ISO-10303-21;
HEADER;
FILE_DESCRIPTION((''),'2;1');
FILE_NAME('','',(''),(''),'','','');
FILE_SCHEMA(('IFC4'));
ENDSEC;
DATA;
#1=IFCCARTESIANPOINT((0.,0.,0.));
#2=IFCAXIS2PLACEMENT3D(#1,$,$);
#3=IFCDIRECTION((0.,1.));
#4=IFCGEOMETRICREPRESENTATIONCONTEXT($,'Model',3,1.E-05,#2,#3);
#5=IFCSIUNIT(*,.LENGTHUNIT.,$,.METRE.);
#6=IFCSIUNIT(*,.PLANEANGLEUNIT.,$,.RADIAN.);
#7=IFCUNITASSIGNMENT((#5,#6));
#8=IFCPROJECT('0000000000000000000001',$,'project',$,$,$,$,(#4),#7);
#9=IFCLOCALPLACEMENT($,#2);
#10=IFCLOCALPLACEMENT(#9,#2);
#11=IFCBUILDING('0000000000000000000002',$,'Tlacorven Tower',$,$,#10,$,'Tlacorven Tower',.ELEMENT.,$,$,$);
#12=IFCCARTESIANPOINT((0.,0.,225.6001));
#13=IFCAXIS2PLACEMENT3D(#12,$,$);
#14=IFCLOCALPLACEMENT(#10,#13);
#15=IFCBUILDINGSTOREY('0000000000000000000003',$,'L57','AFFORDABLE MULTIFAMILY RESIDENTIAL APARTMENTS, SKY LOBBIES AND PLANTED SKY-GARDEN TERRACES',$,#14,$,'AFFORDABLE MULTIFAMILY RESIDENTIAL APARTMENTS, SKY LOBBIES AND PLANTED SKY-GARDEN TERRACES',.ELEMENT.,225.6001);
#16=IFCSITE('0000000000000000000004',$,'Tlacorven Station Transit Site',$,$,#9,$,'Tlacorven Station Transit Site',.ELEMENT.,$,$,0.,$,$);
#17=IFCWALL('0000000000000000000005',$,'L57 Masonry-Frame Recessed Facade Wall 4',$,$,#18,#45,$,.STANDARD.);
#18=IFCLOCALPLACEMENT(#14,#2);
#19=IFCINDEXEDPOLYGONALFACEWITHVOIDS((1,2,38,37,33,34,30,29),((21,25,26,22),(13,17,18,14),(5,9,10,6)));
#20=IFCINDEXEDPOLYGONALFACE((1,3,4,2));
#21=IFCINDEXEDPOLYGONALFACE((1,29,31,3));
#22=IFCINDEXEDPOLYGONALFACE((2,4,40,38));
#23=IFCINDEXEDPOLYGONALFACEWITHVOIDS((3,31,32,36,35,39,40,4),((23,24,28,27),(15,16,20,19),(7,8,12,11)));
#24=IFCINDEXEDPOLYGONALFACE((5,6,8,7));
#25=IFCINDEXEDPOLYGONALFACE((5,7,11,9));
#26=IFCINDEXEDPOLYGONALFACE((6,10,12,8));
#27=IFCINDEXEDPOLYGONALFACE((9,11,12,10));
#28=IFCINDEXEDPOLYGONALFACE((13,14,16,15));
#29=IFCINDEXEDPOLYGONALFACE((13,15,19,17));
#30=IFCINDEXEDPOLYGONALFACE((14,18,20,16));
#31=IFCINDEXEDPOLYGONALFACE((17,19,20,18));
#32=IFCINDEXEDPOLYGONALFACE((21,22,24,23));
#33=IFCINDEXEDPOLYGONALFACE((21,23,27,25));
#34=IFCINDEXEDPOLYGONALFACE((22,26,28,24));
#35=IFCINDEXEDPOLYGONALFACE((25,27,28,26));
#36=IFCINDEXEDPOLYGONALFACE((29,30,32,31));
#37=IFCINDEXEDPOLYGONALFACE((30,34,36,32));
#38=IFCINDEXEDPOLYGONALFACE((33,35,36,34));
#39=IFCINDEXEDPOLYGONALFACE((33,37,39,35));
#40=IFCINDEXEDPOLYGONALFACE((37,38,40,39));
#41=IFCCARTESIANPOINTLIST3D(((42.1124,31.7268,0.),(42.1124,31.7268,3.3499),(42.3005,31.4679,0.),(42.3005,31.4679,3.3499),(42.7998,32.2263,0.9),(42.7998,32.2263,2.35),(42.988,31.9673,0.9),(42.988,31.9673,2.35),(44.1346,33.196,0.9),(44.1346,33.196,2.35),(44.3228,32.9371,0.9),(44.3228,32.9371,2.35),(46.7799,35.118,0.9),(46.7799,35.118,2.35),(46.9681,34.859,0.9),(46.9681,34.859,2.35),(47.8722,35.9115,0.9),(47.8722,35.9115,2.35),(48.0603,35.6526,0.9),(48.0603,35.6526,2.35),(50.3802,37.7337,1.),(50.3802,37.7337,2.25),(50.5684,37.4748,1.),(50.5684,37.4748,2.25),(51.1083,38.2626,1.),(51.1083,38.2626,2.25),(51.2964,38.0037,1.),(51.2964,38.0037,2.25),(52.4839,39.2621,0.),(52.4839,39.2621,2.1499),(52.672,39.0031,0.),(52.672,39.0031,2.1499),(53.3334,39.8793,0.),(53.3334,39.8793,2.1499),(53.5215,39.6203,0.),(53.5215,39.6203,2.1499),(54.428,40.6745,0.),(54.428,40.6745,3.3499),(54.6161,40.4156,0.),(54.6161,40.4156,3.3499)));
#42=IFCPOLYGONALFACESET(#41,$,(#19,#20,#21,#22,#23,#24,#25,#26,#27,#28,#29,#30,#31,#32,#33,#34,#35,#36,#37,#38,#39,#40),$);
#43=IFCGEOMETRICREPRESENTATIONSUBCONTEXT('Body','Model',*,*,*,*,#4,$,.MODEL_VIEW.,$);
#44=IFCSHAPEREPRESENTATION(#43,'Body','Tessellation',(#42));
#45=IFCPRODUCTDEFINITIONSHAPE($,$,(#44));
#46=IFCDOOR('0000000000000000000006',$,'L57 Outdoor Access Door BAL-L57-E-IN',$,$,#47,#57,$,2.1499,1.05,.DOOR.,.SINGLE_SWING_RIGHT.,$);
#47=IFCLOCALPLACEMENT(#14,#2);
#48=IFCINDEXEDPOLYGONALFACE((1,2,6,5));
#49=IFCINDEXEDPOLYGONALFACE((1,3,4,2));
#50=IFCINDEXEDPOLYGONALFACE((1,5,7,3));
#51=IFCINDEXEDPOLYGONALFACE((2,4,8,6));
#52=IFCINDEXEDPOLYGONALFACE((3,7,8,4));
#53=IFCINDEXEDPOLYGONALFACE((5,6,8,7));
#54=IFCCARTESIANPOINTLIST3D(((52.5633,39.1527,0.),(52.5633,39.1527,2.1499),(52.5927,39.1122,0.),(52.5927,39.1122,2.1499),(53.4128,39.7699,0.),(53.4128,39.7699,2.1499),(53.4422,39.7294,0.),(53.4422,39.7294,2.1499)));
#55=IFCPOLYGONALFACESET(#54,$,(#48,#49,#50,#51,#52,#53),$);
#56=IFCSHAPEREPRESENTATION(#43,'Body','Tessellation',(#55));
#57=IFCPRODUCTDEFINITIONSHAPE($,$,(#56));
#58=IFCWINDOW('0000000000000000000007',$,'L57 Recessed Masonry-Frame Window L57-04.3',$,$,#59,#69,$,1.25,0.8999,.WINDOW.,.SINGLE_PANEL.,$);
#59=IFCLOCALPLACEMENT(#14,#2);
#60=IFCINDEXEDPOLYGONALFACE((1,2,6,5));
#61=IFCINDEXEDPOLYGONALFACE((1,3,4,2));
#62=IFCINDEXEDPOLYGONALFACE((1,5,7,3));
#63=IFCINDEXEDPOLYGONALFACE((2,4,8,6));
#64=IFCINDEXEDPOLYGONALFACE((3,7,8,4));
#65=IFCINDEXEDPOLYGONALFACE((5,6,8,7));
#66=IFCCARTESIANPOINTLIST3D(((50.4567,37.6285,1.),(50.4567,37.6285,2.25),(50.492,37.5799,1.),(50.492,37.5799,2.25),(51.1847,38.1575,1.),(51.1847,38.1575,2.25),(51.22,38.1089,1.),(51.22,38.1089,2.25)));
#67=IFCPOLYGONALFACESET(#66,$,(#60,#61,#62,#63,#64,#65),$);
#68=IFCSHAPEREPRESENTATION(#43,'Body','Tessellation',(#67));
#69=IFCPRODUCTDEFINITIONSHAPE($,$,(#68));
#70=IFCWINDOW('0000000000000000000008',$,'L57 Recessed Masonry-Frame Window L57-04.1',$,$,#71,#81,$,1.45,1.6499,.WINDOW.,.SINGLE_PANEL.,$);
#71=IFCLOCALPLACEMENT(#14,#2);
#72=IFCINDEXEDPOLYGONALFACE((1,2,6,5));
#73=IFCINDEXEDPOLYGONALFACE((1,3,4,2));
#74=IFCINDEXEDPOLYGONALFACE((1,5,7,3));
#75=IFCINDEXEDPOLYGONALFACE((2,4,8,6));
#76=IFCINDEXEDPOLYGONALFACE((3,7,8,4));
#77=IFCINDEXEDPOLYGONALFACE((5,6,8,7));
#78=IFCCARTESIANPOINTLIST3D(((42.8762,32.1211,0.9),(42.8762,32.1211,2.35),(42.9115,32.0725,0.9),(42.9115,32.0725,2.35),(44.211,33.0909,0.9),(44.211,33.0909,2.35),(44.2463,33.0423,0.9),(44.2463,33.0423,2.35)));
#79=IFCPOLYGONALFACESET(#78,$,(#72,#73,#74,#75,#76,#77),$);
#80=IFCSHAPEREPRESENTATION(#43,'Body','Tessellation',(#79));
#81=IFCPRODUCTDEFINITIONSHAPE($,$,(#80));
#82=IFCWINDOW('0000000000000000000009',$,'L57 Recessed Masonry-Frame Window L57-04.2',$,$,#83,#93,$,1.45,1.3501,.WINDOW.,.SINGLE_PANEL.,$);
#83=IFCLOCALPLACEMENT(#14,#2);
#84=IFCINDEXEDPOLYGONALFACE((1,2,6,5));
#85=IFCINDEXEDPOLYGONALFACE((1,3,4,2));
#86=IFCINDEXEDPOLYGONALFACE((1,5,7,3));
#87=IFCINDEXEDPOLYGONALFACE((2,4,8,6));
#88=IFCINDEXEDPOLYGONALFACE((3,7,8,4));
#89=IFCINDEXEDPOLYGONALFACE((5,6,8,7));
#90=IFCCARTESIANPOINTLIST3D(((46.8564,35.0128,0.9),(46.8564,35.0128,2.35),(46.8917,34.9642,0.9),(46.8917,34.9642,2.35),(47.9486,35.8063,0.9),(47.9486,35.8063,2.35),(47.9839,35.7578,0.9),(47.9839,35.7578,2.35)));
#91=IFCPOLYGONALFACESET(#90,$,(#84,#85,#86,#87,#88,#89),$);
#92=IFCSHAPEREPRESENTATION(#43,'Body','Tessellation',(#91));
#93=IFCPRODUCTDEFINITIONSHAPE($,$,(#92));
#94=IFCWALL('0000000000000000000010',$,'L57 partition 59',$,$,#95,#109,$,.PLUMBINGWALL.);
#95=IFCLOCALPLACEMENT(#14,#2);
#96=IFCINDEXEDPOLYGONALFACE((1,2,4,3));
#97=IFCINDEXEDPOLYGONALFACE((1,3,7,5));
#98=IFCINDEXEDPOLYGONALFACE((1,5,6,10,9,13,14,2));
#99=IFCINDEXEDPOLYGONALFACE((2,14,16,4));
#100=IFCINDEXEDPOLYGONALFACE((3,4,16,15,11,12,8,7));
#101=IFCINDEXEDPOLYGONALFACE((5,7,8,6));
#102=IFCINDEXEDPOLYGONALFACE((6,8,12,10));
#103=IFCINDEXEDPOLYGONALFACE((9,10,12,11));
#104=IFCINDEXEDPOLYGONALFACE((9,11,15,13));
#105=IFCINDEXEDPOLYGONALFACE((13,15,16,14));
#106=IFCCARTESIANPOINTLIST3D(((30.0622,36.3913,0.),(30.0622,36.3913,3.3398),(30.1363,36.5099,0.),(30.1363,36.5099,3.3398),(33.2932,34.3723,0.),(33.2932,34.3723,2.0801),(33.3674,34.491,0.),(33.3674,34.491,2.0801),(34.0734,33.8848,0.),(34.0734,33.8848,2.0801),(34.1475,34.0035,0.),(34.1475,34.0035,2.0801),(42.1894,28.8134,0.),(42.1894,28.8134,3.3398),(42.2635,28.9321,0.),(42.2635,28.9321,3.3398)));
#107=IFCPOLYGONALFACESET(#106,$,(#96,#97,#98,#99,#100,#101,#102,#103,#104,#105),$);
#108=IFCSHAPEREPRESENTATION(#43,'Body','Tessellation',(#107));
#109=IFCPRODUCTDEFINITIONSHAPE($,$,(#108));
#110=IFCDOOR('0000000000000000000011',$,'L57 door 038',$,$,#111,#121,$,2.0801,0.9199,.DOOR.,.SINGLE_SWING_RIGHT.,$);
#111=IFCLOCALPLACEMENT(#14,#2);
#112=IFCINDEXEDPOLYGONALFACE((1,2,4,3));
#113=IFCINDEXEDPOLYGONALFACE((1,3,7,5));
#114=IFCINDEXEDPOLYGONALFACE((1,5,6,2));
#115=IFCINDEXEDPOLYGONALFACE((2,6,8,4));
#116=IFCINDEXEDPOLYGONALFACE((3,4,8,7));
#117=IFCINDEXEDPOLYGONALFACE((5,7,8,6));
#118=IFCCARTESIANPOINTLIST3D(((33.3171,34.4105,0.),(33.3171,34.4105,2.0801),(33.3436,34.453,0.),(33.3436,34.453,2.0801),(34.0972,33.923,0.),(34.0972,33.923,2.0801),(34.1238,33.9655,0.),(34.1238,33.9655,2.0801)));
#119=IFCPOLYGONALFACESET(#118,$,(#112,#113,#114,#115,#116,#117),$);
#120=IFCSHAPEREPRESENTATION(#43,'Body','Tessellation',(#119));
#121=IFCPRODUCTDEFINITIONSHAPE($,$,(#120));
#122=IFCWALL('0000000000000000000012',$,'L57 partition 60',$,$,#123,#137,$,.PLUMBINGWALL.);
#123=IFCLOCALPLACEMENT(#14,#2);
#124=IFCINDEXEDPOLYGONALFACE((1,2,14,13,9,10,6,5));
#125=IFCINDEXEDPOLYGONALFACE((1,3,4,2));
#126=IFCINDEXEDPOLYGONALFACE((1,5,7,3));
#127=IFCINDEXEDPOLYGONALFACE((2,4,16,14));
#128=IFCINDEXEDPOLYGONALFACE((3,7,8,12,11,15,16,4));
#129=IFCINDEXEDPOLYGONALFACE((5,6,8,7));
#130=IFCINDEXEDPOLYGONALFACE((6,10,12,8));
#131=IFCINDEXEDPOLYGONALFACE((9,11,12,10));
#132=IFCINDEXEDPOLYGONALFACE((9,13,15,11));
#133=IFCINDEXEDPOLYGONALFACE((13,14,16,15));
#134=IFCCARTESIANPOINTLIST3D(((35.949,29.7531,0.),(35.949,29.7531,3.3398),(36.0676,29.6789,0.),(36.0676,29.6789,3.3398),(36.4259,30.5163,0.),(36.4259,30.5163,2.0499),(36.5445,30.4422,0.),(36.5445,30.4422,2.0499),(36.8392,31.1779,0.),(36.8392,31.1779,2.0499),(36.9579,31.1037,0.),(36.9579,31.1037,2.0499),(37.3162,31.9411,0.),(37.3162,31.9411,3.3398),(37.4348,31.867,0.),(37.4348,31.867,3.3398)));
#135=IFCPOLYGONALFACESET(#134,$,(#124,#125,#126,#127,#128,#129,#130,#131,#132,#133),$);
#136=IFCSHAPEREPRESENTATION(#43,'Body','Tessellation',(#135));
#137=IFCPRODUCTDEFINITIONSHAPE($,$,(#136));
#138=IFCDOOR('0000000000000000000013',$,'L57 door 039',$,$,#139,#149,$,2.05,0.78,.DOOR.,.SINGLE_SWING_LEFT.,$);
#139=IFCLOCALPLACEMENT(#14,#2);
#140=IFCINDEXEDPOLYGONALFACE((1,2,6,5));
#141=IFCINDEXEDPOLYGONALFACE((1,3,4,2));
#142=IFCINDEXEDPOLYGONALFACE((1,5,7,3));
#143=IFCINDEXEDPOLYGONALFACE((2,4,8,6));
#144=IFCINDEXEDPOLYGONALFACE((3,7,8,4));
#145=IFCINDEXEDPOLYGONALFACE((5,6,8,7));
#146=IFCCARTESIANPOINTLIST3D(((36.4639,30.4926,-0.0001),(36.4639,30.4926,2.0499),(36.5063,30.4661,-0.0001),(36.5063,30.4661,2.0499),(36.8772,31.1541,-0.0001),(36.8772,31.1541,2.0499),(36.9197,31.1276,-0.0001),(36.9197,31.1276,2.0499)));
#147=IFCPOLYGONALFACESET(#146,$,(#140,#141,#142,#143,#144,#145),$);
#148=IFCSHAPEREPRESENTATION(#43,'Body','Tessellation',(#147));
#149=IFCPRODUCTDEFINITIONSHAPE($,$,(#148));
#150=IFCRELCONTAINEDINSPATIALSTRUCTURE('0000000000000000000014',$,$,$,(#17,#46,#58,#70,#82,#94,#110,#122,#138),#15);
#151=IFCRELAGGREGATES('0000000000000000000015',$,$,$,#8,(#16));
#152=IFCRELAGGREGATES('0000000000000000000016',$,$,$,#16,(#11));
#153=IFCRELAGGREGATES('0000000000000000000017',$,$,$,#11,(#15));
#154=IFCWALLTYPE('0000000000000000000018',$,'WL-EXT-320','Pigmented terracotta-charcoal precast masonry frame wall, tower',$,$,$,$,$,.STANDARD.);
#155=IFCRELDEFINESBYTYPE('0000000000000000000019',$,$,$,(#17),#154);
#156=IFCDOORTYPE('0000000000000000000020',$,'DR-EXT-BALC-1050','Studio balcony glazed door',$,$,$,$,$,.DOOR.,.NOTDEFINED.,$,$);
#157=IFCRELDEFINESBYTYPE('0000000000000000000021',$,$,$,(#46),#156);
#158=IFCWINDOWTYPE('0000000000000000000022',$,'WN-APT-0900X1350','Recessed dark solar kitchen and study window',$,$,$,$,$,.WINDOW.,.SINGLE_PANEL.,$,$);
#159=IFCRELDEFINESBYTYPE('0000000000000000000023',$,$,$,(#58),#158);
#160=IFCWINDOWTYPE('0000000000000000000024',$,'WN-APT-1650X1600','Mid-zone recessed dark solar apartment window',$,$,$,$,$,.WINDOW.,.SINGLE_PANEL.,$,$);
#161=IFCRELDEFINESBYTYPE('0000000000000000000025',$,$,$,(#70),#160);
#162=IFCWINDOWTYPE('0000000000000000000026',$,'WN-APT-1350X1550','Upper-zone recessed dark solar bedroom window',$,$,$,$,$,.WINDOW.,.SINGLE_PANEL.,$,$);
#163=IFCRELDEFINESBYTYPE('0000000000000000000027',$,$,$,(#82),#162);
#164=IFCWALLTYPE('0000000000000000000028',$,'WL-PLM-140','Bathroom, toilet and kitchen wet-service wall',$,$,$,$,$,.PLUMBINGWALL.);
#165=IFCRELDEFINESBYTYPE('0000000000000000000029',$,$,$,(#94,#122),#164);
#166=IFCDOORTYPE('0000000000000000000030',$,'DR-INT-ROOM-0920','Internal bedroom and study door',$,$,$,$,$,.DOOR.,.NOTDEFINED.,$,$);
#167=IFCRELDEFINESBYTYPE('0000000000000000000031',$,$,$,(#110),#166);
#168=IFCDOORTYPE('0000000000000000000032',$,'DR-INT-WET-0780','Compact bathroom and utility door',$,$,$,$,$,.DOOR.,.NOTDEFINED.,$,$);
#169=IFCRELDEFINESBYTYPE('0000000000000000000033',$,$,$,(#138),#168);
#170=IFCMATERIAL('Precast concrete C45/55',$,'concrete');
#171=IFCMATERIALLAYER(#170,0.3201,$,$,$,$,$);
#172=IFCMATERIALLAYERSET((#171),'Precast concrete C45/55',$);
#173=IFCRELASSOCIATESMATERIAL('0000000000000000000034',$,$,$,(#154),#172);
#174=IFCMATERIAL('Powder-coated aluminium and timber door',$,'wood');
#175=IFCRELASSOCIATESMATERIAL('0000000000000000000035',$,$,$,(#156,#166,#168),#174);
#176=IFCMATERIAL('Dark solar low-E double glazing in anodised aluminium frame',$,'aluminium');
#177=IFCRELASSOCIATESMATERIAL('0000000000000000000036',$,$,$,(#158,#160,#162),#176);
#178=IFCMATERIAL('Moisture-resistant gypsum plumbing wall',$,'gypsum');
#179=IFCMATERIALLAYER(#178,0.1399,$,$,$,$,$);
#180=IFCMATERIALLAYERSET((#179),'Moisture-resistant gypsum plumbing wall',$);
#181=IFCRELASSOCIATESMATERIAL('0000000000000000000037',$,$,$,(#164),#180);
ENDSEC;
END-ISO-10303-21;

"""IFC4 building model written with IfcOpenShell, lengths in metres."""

from ifc_helpers import new_model, si_unit, direction, frame, frame_2d, origin, place, context, subcontext, project, spatial, rectangle, extrude, source, transform, mapped, material, layer, layer_set, type_object, element, fill, save


model = new_model("IFC4")

# Units and contexts
model_context = context("Model", 3, precision=1e-05, world=origin(), true_north=direction((0.0, 1.0)))
body_context = subcontext(model_context, "Body", "Model", "MODEL_VIEW")
ifc_project = project(units=[si_unit("LENGTHUNIT", "METRE"), si_unit("PLANEANGLEUNIT", "RADIAN")], contexts=[model_context])

# Site, building, storey
site_placement = place(None, origin())
site = spatial("IfcSite", under=ifc_project, at=site_placement, Name="Tlacorven Station Transit Site", LongName="Tlacorven Station Transit Site", CompositionType="ELEMENT", RefElevation=0.0)
building_placement = place(site_placement, origin())
building = spatial("IfcBuilding", under=site, at=building_placement, Name="Tlacorven Tower", LongName="Tlacorven Tower", CompositionType="ELEMENT")
storey_placement = place(building_placement, frame((0.0, 0.0, 225.6001)))
storey = spatial("IfcBuildingStorey", under=building, at=storey_placement, Name="L57", Description="AFFORDABLE MULTIFAMILY RESIDENTIAL APARTMENTS, SKY LOBBIES AND PLANTED SKY-GARDEN TERRACES", LongName="AFFORDABLE MULTIFAMILY RESIDENTIAL APARTMENTS, SKY LOBBIES AND PLANTED SKY-GARDEN TERRACES", CompositionType="ELEMENT", Elevation=225.6001)

# Wall, openings, door, windows
ifc_material_1 = material(Name="Precast concrete C45/55", Category="concrete")
ifc_layer_1 = layer(ifc_material_1, 0.3201)
ifc_layer_set_1 = layer_set([ifc_layer_1], Name="Precast concrete C45/55")
wall_type_1 = type_object("IfcWallType", Name="WL-EXT-320", Description="Pigmented terracotta-charcoal precast masonry frame wall, tower", PredefinedType="STANDARD", material=ifc_layer_set_1)
wall_1_placement = place(storey_placement, frame((42.2065, 31.5974, 0.0), z_axis=(0.0, 0.0, 1.0), x_axis=(0.80902, 0.587781, 0.0)))
wall_1 = element("IfcWall", 1, at=wall_1_placement, inside=storey, type_object=wall_type_1, Name="L57 Masonry-Frame Recessed Facade Wall 4", PredefinedType="STANDARD", context=body_context, shape_type="SweptSolid", body=[
    extrude(rectangle(XDim=15.2229, YDim=0.3201, at=frame_2d((7.6113, 0.0))), origin(), (0.0, 0.0, 1.0), 3.3499),
])
opening_1_placement = place(wall_1_placement, frame((12.8198, 0.0, 0.0)))
opening_1 = element("IfcOpeningElement", 2, at=opening_1_placement, cuts=wall_1, PredefinedType="OPENING", context=body_context, shape_type="SweptSolid", body=[
    extrude(rectangle(XDim=1.05, YDim=2.1499, at=frame_2d((0.5249, 1.075))), frame((0.0, 0.1699, 0.0), z_axis=(0.0, -1.0, 0.0), x_axis=(1.0, 0.0, 0.0)), (0.0, 0.0, 1.0), 0.3401),
])
opening_2_placement = place(wall_1_placement, frame((0.8496, 0.0, 0.8999)))
opening_2 = element("IfcOpeningElement", 3, at=opening_2_placement, cuts=wall_1, PredefinedType="OPENING", context=body_context, shape_type="SweptSolid", body=[
    extrude(rectangle(XDim=1.6499, YDim=1.45, at=frame_2d((0.825, 0.7251))), frame((0.0, 0.1699, 0.0), z_axis=(0.0, -1.0, 0.0), x_axis=(1.0, 0.0, 0.0)), (0.0, 0.0, 1.0), 0.3401),
])
opening_3_placement = place(wall_1_placement, frame((5.7693, 0.0, 0.8999)))
opening_3 = element("IfcOpeningElement", 4, at=opening_3_placement, cuts=wall_1, PredefinedType="OPENING", context=body_context, shape_type="SweptSolid", body=[
    extrude(rectangle(XDim=1.3501, YDim=1.45, at=frame_2d((0.675, 0.7251))), frame((0.0, 0.1699, 0.0), z_axis=(0.0, -1.0, 0.0), x_axis=(1.0, 0.0, 0.0)), (0.0, 0.0, 1.0), 0.3401),
])
opening_4_placement = place(wall_1_placement, frame((10.2195, 0.0, 1.0)))
opening_4 = element("IfcOpeningElement", 5, at=opening_4_placement, cuts=wall_1, PredefinedType="OPENING", context=body_context, shape_type="SweptSolid", body=[
    extrude(rectangle(XDim=0.8999, YDim=1.25, at=frame_2d((0.45, 0.625))), frame((0.0, 0.1699, 0.0), z_axis=(0.0, -1.0, 0.0), x_axis=(1.0, 0.0, 0.0)), (0.0, 0.0, 1.0), 0.3401),
])
ifc_material_2 = material(Name="Powder-coated aluminium and timber door", Category="wood")
door_type_1 = type_object("IfcDoorType", Name="DR-EXT-BALC-1050", Description="Studio balcony glazed door", OperationType="NOTDEFINED", PredefinedType="DOOR", material=ifc_material_2)
shared_shape_1 = source(origin(), body_context, "Body", "SweptSolid", [
    extrude(rectangle(XDim=1.05, YDim=2.1499, at=frame_2d((0.5249, 1.075))), frame((0.0, 0.0249, 0.0), z_axis=(0.0, -1.0, 0.0), x_axis=(1.0, 0.0, 0.0)), (0.0, 0.0, 1.0), 0.05),
])
door_1_placement = place(opening_1_placement, origin())
door_1 = element("IfcDoor", 6, at=door_1_placement, inside=storey, type_object=door_type_1, Name="L57 Outdoor Access Door BAL-L57-E-IN", OperationType="SINGLE_SWING_RIGHT", OverallHeight=2.1499, OverallWidth=1.05, PredefinedType="DOOR", context=body_context, shape_type="MappedRepresentation", body=[
    mapped(shared_shape_1, transform((0.0, 0.0, 0.0), scale=1.0)),
])
fill(opening_1, door_1)
ifc_material_3 = material(Name="Dark solar low-E double glazing in anodised aluminium frame", Category="aluminium")
window_type_1 = type_object("IfcWindowType", Name="WN-APT-0900X1350", Description="Recessed dark solar kitchen and study window", PartitioningType="SINGLE_PANEL", PredefinedType="WINDOW", material=ifc_material_3)
shared_shape_2 = source(origin(), body_context, "Body", "SweptSolid", [
    extrude(rectangle(XDim=0.8999, YDim=1.25, at=frame_2d((0.45, 0.625))), frame((0.0, 0.03, 0.0), z_axis=(0.0, -1.0, 0.0), x_axis=(1.0, 0.0, 0.0)), (0.0, 0.0, 1.0), 0.0601),
])
window_1_placement = place(opening_4_placement, origin())
window_1 = element("IfcWindow", 7, at=window_1_placement, inside=storey, type_object=window_type_1, Name="L57 Recessed Masonry-Frame Window L57-04.3", OverallHeight=1.25, OverallWidth=0.8999, PartitioningType="SINGLE_PANEL", PredefinedType="WINDOW", context=body_context, shape_type="MappedRepresentation", body=[
    mapped(shared_shape_2, transform((0.0, 0.0, 0.0), scale=1.0)),
])
fill(opening_4, window_1)
window_type_2 = type_object("IfcWindowType", Name="WN-APT-1650X1600", Description="Mid-zone recessed dark solar apartment window", PartitioningType="SINGLE_PANEL", PredefinedType="WINDOW", material=ifc_material_3)
shared_shape_3 = source(origin(), body_context, "Body", "SweptSolid", [
    extrude(rectangle(XDim=1.6499, YDim=1.45, at=frame_2d((0.825, 0.7251))), frame((0.0, 0.03, 0.0), z_axis=(0.0, -1.0, 0.0), x_axis=(1.0, 0.0, 0.0)), (0.0, 0.0, 1.0), 0.0601),
])
window_2_placement = place(opening_2_placement, origin())
window_2 = element("IfcWindow", 8, at=window_2_placement, inside=storey, type_object=window_type_2, Name="L57 Recessed Masonry-Frame Window L57-04.1", OverallHeight=1.45, OverallWidth=1.6499, PartitioningType="SINGLE_PANEL", PredefinedType="WINDOW", context=body_context, shape_type="MappedRepresentation", body=[
    mapped(shared_shape_3, transform((0.0, 0.0, 0.0), scale=1.0)),
])
fill(opening_2, window_2)
window_type_3 = type_object("IfcWindowType", Name="WN-APT-1350X1550", Description="Upper-zone recessed dark solar bedroom window", PartitioningType="SINGLE_PANEL", PredefinedType="WINDOW", material=ifc_material_3)
shared_shape_4 = source(origin(), body_context, "Body", "SweptSolid", [
    extrude(rectangle(XDim=1.3501, YDim=1.45, at=frame_2d((0.675, 0.7251))), frame((0.0, 0.03, 0.0), z_axis=(0.0, -1.0, 0.0), x_axis=(1.0, 0.0, 0.0)), (0.0, 0.0, 1.0), 0.0601),
])
window_3_placement = place(opening_3_placement, origin())
window_3 = element("IfcWindow", 9, at=window_3_placement, inside=storey, type_object=window_type_3, Name="L57 Recessed Masonry-Frame Window L57-04.2", OverallHeight=1.45, OverallWidth=1.3501, PartitioningType="SINGLE_PANEL", PredefinedType="WINDOW", context=body_context, shape_type="MappedRepresentation", body=[
    mapped(shared_shape_4, transform((0.0, 0.0, 0.0), scale=1.0)),
])
fill(opening_3, window_3)

# Walls, openings, doors
ifc_material_4 = material(Name="Moisture-resistant gypsum plumbing wall", Category="gypsum")
ifc_layer_2 = layer(ifc_material_4, 0.1399)
ifc_layer_set_2 = layer_set([ifc_layer_2], Name="Moisture-resistant gypsum plumbing wall")
wall_type_2 = type_object("IfcWallType", Name="WL-PLM-140", Description="Bathroom, toilet and kitchen wet-service wall", PredefinedType="PLUMBINGWALL", material=ifc_layer_set_2)
wall_2_placement = place(storey_placement, frame((42.2263, 28.8728, 0.0), z_axis=(0.0, 0.0, 1.0), x_axis=(-0.848049, 0.529918, 0.0)))
wall_2 = element("IfcWall", 10, at=wall_2_placement, inside=storey, type_object=wall_type_2, Name="L57 partition 59", PredefinedType="PLUMBINGWALL", context=body_context, shape_type="SweptSolid", body=[
    extrude(rectangle(XDim=14.3, YDim=0.1399, at=frame_2d((7.1499, 0.0))), origin(), (0.0, 0.0, 1.0), 3.3398),
])
opening_5_placement = place(wall_2_placement, frame((9.5701, 0.0, 0.0)))
opening_5 = element("IfcOpeningElement", 11, at=opening_5_placement, cuts=wall_2, PredefinedType="OPENING", context=body_context, shape_type="SweptSolid", body=[
    extrude(rectangle(XDim=0.9199, YDim=2.0801, at=frame_2d((0.46, 1.04))), frame((0.0, 0.0801, 0.0), z_axis=(0.0, -1.0, 0.0), x_axis=(1.0, 0.0, 0.0)), (0.0, 0.0, 1.0), 0.1599),
])
door_type_2 = type_object("IfcDoorType", Name="DR-INT-ROOM-0920", Description="Internal bedroom and study door", OperationType="NOTDEFINED", PredefinedType="DOOR", material=ifc_material_2)
shared_shape_5 = source(origin(), body_context, "Body", "SweptSolid", [
    extrude(rectangle(XDim=0.9199, YDim=2.0801, at=frame_2d((0.46, 1.04))), frame((0.0, 0.0249, 0.0), z_axis=(0.0, -1.0, 0.0), x_axis=(1.0, 0.0, 0.0)), (0.0, 0.0, 1.0), 0.05),
])
door_2_placement = place(opening_5_placement, origin())
door_2 = element("IfcDoor", 12, at=door_2_placement, inside=storey, type_object=door_type_2, Name="L57 door 038", OperationType="SINGLE_SWING_RIGHT", OverallHeight=2.0801, OverallWidth=0.9199, PredefinedType="DOOR", context=body_context, shape_type="MappedRepresentation", body=[
    mapped(shared_shape_5, transform((0.0, 0.0, 0.0), scale=1.0)),
])
fill(opening_5, door_2)
wall_3_placement = place(storey_placement, frame((37.3755, 31.9041, 0.0), z_axis=(0.0, 0.0, 1.0), x_axis=(-0.529914, -0.848051, 0.0)))
wall_3 = element("IfcWall", 13, at=wall_3_placement, inside=storey, type_object=wall_type_2, Name="L57 partition 60", PredefinedType="PLUMBINGWALL", context=body_context, shape_type="SweptSolid", body=[
    extrude(rectangle(XDim=2.5801, YDim=0.1399, at=frame_2d((1.29, 0.0))), origin(), (0.0, 0.0, 1.0), 3.3398),
])
opening_6_placement = place(wall_3_placement, frame((0.8999, 0.0, 0.0)))
opening_6 = element("IfcOpeningElement", 14, at=opening_6_placement, cuts=wall_3, PredefinedType="OPENING", context=body_context, shape_type="SweptSolid", body=[
    extrude(rectangle(XDim=0.78, YDim=2.05, at=frame_2d((0.3901, 1.0249))), frame((0.0, 0.0801, 0.0), z_axis=(0.0, -1.0, 0.0), x_axis=(1.0, 0.0, 0.0)), (0.0, 0.0, 1.0), 0.1599),
])
door_type_3 = type_object("IfcDoorType", Name="DR-INT-WET-0780", Description="Compact bathroom and utility door", OperationType="NOTDEFINED", PredefinedType="DOOR", material=ifc_material_2)
shared_shape_6 = source(origin(), body_context, "Body", "SweptSolid", [
    extrude(rectangle(XDim=0.78, YDim=2.05, at=frame_2d((0.3901, 1.0249))), frame((0.0, 0.0249, 0.0), z_axis=(0.0, -1.0, 0.0), x_axis=(1.0, 0.0, 0.0)), (0.0, 0.0, 1.0), 0.05),
])
door_3_placement = place(opening_6_placement, origin())
door_3 = element("IfcDoor", 15, at=door_3_placement, inside=storey, type_object=door_type_3, Name="L57 door 039", OperationType="SINGLE_SWING_LEFT", OverallHeight=2.05, OverallWidth=0.78, PredefinedType="DOOR", context=body_context, shape_type="MappedRepresentation", body=[
    mapped(shared_shape_6, transform((0.0, 0.0, 0.0), scale=1.0)),
])
fill(opening_6, door_3)

save(model, "model.ifc")
